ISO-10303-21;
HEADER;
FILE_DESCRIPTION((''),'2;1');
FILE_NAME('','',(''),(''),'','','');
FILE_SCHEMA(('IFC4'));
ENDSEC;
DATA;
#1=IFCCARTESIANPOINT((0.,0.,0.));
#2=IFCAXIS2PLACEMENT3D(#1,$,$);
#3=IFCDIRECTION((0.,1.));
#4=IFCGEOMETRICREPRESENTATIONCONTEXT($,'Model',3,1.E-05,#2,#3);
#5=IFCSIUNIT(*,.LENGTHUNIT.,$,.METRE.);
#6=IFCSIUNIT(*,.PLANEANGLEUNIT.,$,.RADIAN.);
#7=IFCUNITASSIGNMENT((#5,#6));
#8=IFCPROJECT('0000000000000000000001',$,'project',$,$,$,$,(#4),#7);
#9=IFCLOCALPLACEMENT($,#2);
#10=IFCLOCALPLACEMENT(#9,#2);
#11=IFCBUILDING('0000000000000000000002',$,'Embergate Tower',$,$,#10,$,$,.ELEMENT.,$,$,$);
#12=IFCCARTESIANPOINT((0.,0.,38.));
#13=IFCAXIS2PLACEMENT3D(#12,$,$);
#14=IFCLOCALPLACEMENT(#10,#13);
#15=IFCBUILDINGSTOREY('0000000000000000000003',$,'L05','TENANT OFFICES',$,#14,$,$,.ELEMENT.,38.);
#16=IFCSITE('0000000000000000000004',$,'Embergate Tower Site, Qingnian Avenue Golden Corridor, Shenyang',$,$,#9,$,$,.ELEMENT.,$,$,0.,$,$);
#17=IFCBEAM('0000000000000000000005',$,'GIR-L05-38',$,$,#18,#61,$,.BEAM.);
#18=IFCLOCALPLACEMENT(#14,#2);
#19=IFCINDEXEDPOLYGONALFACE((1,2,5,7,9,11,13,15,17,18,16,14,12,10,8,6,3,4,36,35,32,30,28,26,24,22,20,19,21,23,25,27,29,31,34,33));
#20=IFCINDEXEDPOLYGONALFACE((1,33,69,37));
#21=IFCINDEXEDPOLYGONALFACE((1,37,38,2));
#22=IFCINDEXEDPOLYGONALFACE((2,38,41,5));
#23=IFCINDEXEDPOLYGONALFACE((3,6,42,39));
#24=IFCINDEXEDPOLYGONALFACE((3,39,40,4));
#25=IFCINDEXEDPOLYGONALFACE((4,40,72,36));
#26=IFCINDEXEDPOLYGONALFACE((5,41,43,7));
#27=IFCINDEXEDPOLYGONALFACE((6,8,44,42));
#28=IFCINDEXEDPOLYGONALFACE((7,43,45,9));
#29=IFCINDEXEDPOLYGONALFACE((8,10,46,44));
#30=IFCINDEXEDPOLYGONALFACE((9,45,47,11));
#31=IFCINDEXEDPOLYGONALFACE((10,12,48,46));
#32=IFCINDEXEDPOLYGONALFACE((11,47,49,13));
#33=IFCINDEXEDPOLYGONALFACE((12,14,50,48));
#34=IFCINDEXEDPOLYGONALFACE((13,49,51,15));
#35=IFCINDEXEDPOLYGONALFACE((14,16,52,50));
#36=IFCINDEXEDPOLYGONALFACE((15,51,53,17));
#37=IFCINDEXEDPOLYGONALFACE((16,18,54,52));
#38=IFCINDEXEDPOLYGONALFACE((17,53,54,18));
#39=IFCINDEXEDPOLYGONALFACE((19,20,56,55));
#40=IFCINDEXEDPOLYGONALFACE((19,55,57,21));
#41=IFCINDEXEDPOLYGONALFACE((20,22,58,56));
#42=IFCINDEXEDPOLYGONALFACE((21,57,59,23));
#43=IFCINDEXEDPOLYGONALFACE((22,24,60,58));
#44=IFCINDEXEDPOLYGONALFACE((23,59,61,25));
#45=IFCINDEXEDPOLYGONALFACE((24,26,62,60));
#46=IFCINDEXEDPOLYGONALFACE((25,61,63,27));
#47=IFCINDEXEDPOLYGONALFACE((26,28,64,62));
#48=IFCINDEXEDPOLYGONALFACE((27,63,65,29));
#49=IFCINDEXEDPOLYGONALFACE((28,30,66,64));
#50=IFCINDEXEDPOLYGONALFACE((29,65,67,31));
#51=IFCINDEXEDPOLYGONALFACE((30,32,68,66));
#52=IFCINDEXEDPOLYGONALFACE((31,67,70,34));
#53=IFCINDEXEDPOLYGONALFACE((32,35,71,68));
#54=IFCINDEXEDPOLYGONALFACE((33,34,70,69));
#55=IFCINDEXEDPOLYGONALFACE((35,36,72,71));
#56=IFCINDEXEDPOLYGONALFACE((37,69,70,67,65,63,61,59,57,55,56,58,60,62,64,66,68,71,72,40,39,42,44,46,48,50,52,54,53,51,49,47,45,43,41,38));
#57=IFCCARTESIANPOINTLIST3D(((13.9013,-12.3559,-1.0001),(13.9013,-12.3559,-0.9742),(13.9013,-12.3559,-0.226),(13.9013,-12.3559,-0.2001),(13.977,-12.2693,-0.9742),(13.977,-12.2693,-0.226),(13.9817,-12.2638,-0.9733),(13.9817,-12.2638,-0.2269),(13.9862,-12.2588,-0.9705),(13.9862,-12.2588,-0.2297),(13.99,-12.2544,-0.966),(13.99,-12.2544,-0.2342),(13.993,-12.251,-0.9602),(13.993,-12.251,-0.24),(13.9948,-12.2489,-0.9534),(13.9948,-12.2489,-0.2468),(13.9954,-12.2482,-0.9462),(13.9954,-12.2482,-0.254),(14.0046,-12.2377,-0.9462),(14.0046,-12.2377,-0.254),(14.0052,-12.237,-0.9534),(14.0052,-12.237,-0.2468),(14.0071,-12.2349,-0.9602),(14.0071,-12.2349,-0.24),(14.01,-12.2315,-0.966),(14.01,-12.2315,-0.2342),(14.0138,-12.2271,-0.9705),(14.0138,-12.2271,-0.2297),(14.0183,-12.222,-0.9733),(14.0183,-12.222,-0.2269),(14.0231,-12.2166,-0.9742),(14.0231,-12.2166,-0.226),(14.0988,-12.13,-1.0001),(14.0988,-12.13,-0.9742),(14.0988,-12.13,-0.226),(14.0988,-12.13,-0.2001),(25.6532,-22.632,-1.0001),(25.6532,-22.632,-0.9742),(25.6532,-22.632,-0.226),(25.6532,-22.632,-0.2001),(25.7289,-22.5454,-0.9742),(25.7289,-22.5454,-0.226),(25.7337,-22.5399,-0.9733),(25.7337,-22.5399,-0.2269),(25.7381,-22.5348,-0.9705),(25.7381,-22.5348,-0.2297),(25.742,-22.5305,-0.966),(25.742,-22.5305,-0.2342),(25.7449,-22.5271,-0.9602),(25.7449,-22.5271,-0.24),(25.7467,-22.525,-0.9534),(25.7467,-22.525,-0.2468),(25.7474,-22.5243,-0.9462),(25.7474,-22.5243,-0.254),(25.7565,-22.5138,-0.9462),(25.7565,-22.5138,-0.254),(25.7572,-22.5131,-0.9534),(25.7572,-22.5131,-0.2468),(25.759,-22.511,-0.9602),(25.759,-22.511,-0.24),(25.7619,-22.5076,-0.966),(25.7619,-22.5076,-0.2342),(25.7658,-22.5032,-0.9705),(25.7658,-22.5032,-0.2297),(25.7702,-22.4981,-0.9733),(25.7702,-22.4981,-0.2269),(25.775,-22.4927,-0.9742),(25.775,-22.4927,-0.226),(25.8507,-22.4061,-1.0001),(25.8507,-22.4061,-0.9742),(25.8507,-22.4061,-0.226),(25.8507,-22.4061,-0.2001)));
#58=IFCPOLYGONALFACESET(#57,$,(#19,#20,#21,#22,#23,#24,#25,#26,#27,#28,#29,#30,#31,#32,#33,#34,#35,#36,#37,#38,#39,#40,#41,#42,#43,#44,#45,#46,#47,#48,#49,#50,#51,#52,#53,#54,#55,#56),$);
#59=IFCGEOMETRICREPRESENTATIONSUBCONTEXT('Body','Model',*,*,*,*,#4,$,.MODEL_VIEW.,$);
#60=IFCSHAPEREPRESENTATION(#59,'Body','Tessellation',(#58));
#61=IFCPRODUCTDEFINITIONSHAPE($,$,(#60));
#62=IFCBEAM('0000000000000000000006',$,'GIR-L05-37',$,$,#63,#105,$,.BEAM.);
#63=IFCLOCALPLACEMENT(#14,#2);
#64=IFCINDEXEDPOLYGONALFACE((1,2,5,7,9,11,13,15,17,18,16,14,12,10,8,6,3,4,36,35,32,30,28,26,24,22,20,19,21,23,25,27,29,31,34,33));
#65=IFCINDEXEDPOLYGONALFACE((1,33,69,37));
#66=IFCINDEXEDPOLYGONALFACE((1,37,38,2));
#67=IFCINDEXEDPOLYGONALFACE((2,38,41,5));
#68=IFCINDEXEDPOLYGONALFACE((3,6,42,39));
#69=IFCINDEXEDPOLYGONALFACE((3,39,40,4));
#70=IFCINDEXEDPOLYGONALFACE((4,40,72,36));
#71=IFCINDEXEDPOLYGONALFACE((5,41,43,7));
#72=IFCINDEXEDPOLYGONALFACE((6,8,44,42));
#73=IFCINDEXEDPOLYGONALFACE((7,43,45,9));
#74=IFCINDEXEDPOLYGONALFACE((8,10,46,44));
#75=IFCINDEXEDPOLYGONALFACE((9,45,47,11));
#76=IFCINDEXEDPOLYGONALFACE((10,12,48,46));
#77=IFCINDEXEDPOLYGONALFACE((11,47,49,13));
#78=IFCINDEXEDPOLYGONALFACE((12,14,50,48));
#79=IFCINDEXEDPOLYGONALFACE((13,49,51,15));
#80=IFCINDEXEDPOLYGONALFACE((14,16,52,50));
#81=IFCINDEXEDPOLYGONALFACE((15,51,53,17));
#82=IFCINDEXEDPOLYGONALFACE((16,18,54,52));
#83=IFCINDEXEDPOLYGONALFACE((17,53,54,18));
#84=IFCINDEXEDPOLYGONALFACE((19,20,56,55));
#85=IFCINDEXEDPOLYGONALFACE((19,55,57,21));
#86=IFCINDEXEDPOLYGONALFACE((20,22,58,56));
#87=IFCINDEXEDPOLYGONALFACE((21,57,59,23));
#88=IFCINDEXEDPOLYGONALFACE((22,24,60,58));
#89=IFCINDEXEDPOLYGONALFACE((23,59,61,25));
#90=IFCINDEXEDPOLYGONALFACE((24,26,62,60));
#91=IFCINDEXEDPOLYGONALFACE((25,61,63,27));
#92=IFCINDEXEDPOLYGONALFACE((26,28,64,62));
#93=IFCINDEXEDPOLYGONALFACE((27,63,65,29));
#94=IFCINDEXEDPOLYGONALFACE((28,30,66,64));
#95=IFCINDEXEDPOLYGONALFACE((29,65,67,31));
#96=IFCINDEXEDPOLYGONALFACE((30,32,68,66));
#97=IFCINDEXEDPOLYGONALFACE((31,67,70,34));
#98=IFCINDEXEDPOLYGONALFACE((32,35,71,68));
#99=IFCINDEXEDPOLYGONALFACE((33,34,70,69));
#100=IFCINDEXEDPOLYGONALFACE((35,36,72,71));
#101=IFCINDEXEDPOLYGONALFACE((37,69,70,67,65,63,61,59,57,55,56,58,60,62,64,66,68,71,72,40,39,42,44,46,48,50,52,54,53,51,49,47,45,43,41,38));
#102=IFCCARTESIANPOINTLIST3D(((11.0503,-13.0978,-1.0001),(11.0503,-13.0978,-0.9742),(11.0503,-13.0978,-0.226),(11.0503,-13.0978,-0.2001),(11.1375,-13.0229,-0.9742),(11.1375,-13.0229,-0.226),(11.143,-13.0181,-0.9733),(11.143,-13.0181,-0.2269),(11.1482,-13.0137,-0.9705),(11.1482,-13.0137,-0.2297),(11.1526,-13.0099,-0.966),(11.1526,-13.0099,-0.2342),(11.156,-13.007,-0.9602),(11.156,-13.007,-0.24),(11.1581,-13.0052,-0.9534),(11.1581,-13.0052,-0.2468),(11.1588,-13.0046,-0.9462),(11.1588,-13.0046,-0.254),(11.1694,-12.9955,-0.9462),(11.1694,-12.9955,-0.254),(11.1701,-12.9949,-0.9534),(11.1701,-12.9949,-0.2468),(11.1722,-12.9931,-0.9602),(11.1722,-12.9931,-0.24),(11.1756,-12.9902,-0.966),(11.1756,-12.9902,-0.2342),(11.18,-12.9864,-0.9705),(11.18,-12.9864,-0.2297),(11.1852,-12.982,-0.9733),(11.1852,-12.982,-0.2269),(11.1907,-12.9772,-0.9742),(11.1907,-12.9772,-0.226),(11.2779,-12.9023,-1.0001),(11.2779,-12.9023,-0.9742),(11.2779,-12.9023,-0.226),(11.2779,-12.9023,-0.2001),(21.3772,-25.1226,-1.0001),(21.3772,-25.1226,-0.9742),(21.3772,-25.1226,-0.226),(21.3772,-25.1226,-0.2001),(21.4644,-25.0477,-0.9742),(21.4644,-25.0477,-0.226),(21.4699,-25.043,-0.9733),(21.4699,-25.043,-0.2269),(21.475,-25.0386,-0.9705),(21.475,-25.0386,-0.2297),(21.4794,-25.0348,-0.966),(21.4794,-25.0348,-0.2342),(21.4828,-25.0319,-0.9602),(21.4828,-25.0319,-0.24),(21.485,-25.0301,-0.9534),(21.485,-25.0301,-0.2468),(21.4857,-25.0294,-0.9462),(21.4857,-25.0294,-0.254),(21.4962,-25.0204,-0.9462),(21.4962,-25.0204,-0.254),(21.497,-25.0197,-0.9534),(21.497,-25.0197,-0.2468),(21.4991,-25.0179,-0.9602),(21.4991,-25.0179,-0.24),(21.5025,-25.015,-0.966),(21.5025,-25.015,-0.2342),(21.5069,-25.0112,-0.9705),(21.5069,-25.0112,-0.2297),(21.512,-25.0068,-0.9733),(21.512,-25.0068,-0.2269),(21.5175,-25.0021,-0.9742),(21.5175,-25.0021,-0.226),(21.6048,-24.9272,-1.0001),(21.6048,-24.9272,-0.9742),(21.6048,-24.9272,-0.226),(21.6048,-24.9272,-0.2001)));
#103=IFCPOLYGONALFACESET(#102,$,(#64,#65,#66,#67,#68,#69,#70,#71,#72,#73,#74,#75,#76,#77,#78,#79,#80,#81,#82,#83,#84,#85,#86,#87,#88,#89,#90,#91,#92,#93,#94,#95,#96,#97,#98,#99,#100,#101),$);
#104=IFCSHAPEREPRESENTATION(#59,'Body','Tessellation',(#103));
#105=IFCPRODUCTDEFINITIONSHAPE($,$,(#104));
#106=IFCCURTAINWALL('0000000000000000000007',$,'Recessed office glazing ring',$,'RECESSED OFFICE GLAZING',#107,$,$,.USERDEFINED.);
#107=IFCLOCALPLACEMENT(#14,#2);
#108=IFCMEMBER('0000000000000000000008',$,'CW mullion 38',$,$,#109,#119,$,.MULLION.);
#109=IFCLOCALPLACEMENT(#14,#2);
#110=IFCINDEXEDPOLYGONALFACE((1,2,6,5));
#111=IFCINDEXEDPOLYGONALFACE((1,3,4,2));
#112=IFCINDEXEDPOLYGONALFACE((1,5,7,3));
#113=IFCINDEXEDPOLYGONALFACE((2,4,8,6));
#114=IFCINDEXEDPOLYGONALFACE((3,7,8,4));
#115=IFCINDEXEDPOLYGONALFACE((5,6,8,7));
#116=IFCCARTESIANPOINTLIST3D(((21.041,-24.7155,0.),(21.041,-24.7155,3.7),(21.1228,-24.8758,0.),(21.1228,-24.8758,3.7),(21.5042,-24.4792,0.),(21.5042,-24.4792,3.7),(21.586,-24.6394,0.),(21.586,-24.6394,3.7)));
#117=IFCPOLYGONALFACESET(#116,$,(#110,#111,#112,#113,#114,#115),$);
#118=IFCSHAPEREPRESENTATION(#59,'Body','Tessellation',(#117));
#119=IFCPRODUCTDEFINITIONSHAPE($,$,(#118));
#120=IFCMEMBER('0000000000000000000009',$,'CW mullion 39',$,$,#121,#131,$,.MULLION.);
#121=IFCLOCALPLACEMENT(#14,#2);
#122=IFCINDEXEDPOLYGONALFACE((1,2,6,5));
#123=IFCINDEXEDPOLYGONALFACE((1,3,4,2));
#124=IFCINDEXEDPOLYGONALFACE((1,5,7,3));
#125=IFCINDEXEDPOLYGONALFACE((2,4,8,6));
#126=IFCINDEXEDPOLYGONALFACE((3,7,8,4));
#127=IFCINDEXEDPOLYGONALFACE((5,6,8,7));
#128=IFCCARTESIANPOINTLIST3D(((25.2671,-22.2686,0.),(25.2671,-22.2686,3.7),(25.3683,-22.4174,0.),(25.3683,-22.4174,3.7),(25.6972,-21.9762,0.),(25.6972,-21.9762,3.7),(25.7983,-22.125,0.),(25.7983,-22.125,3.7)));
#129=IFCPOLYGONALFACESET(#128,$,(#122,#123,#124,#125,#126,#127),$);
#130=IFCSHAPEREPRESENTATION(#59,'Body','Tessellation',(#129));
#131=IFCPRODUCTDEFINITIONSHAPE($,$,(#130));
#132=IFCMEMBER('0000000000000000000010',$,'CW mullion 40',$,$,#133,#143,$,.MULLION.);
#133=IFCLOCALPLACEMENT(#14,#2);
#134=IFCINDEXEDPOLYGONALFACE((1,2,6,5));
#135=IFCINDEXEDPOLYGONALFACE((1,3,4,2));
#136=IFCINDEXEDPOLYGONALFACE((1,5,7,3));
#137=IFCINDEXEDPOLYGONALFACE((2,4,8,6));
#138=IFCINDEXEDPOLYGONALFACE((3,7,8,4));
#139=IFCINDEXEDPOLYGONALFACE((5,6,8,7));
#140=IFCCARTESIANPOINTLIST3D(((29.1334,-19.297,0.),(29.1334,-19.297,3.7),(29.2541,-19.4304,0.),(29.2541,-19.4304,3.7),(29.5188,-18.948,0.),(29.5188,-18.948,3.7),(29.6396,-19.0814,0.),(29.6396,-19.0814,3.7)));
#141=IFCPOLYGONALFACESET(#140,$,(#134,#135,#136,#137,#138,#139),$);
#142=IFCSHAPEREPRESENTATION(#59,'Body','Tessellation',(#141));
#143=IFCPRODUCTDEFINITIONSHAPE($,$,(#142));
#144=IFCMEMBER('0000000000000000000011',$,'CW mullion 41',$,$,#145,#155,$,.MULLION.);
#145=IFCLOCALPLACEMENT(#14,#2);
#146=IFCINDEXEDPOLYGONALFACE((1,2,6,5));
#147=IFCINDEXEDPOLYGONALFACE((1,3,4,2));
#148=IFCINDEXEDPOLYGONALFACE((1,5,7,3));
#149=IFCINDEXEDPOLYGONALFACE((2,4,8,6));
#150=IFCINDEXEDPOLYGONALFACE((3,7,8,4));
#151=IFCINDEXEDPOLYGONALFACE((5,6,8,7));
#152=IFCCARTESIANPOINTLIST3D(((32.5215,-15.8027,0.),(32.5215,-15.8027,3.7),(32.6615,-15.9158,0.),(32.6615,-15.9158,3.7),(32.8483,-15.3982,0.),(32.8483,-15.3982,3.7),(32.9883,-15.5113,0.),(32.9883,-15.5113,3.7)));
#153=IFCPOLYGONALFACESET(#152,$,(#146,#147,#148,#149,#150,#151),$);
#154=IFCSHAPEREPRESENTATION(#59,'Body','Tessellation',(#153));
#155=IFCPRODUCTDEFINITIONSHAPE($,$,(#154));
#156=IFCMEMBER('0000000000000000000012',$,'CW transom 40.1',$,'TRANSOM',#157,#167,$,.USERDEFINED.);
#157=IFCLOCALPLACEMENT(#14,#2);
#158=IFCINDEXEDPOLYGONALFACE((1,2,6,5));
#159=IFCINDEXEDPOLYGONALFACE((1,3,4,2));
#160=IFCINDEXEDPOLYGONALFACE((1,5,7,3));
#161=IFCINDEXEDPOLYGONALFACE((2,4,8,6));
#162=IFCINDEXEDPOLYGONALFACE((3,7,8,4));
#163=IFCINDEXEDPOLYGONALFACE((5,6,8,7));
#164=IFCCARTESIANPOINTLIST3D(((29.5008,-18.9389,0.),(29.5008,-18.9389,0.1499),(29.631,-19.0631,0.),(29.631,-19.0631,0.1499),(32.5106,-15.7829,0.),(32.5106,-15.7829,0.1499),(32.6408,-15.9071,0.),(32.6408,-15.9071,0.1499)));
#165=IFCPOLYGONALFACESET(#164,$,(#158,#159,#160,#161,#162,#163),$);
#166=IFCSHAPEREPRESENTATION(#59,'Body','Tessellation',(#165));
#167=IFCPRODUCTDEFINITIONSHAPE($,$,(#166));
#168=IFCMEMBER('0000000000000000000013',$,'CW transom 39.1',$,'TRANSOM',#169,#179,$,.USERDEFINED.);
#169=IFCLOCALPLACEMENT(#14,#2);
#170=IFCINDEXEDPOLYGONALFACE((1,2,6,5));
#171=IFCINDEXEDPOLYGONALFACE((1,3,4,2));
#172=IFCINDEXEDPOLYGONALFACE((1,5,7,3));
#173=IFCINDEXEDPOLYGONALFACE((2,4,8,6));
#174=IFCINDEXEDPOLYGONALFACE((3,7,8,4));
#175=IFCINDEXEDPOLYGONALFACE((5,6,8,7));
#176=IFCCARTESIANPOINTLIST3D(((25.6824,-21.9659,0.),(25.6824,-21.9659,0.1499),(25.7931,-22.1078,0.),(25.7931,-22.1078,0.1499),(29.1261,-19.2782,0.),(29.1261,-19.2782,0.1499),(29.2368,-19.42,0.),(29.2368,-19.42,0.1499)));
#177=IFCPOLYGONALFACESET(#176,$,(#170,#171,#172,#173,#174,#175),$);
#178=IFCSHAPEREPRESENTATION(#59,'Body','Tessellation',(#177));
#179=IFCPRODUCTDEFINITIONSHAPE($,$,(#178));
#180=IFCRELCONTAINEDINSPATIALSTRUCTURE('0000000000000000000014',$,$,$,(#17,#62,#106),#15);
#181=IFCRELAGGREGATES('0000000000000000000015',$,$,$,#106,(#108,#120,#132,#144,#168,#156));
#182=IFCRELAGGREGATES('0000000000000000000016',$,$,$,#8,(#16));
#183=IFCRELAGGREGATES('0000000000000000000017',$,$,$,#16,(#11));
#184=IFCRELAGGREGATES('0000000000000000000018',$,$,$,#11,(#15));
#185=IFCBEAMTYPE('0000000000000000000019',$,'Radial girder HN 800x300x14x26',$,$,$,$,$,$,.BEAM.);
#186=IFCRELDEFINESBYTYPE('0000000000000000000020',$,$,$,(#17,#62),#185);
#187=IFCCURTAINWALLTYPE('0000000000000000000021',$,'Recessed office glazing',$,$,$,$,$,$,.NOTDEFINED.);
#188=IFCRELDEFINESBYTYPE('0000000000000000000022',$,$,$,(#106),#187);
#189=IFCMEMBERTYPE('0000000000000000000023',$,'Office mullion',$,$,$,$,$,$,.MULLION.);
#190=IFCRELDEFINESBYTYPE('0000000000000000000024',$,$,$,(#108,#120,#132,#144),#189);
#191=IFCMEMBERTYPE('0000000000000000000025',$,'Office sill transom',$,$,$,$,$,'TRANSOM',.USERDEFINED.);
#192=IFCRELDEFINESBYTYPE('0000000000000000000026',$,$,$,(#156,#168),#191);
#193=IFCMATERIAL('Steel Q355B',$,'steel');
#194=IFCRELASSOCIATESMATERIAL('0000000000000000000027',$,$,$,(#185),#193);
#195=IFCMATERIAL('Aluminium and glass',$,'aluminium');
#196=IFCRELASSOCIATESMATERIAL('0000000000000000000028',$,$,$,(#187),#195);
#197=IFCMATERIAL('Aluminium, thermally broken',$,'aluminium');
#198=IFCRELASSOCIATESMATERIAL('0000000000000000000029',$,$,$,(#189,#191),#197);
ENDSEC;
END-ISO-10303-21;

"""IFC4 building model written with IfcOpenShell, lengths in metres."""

from ifc_helpers import new_model, si_unit, direction, frame, origin, origin_2d, place, context, subcontext, project, spatial, rectangle, i_section, extrude, source, transform, mapped, material, material_profile, profile_set, type_object, element, aggregate, save


model = new_model("IFC4")

# Units and contexts
model_context = context("Model", 3, precision=1e-05, world=origin(), true_north=direction((0.0, 1.0)))
body_context = subcontext(model_context, "Body", "Model", "MODEL_VIEW")
ifc_project = project(units=[si_unit("LENGTHUNIT", "METRE"), si_unit("PLANEANGLEUNIT", "RADIAN")], contexts=[model_context])

# Site, building, storey
site_placement = place(None, origin())
site = spatial("IfcSite", under=ifc_project, at=site_placement, Name="Embergate Tower Site, Qingnian Avenue Golden Corridor, Shenyang", CompositionType="ELEMENT", RefElevation=0.0)
building_placement = place(site_placement, origin())
building = spatial("IfcBuilding", under=site, at=building_placement, Name="Embergate Tower", CompositionType="ELEMENT")
storey_placement = place(building_placement, frame((0.0, 0.0, 38.0)))
storey = spatial("IfcBuildingStorey", under=building, at=storey_placement, Name="L05", Description="TENANT OFFICES", CompositionType="ELEMENT", Elevation=38.0)

# Beams
ifc_material_1 = material(Name="Steel Q355B", Category="steel")
ifc_material_profile_1 = material_profile(ifc_material_1, i_section(OverallWidth=0.3, OverallDepth=0.8, WebThickness=0.0139, FlangeThickness=0.0259, FilletRadius=0.0281, at=origin_2d()), Name="HN 800x300x14x26")
ifc_profile_set_1 = profile_set([ifc_material_profile_1], Name="Steel Q355 grade B")
beam_type_1 = type_object("IfcBeamType", Name="Radial girder HN 800x300x14x26", PredefinedType="BEAM", material=ifc_profile_set_1)
shared_shape_1 = source(origin(), body_context, "Body", "SweptSolid", [
    extrude(i_section(OverallWidth=0.3, OverallDepth=0.8, WebThickness=0.0139, FlangeThickness=0.0259, FilletRadius=0.0281, at=origin_2d()), origin(), (0.0, 0.0, 1.0), 15.6111),
])
beam_1_placement = place(storey_placement, frame((25.752, -22.519, -0.6001), z_axis=(-0.752794, 0.658257, 0.0), x_axis=(-0.658257, -0.752794, 0.0)))
element("IfcBeam", 1, at=beam_1_placement, inside=storey, type_object=beam_type_1, Name="GIR-L05-38", PredefinedType="BEAM", context=body_context, shape_type="MappedRepresentation", body=[
    mapped(shared_shape_1, transform((0.0, 0.0, 0.0))),
])
shared_shape_2 = source(origin(), body_context, "Body", "SweptSolid", [
    extrude(i_section(OverallWidth=0.3, OverallDepth=0.8, WebThickness=0.0139, FlangeThickness=0.0259, FilletRadius=0.0281, at=origin_2d()), origin(), (0.0, 0.0, 1.0), 15.8506),
])
beam_2_placement = place(storey_placement, frame((21.491, -25.0249, -0.6001), z_axis=(-0.651513, 0.758638, 0.0), x_axis=(-0.758638, -0.651513, 0.0)))
element("IfcBeam", 2, at=beam_2_placement, inside=storey, type_object=beam_type_1, Name="GIR-L05-37", PredefinedType="BEAM", context=body_context, shape_type="MappedRepresentation", body=[
    mapped(shared_shape_2, transform((0.0, 0.0, 0.0))),
])

# Curtain wall, members
ifc_material_2 = material(Name="Aluminium and glass", Category="aluminium")
curtain_wall_type = type_object("IfcCurtainWallType", Name="Recessed office glazing", PredefinedType="NOTDEFINED", material=ifc_material_2)
curtain_wall_placement = place(storey_placement, origin())
curtain_wall = element("IfcCurtainWall", 3, at=curtain_wall_placement, inside=storey, type_object=curtain_wall_type, Name="Recessed office glazing ring", ObjectType="RECESSED OFFICE GLAZING", PredefinedType="USERDEFINED")
ifc_material_3 = material(Name="Aluminium, thermally broken", Category="aluminium")
ifc_material_profile_2 = material_profile(ifc_material_3, rectangle(XDim=0.1799, YDim=0.52, at=origin_2d()), Name="AL 520x180")
ifc_profile_set_2 = profile_set([ifc_material_profile_2], Name="Aluminium, thermally broken")
member_type_1 = type_object("IfcMemberType", Name="Office mullion", PredefinedType="MULLION", material=ifc_profile_set_2)
shared_shape_3 = source(origin(), body_context, "Body", "SweptSolid", [
    extrude(rectangle(XDim=0.1799, YDim=0.52, at=origin_2d()), origin(), (0.0, 0.0, 1.0), 3.7),
])
member_1_placement = place(storey_placement, frame((21.3135, -24.6775, 0.0), z_axis=(0.0, 0.0, 1.0), x_axis=(-0.45451, 0.890742, 0.0)))
member_1 = element("IfcMember", 4, at=member_1_placement, type_object=member_type_1, Name="CW mullion 38", PredefinedType="MULLION", context=body_context, shape_type="MappedRepresentation", body=[
    mapped(shared_shape_3, transform((0.0, 0.0, 0.0))),
])
member_2_placement = place(storey_placement, frame((25.5327, -22.1968, 0.0), z_axis=(0.0, 0.0, 1.0), x_axis=(-0.562216, 0.82699, 0.0)))
member_2 = element("IfcMember", 5, at=member_2_placement, type_object=member_type_1, Name="CW mullion 39", PredefinedType="MULLION", context=body_context, shape_type="MappedRepresentation", body=[
    mapped(shared_shape_3, transform((0.0, 0.0, 0.0))),
])
member_3_placement = place(storey_placement, frame((29.3865, -19.1892, 0.0), z_axis=(0.0, 0.0, 1.0), x_axis=(-0.671227, 0.741252, 0.0)))
member_3 = element("IfcMember", 6, at=member_3_placement, type_object=member_type_1, Name="CW mullion 40", PredefinedType="MULLION", context=body_context, shape_type="MappedRepresentation", body=[
    mapped(shared_shape_3, transform((0.0, 0.0, 0.0))),
])
member_4_placement = place(storey_placement, frame((32.7549, -15.657, 0.0), z_axis=(0.0, 0.0, 1.0), x_axis=(-0.777874, 0.628421, 0.0)))
member_4 = element("IfcMember", 7, at=member_4_placement, type_object=member_type_1, Name="CW mullion 41", PredefinedType="MULLION", context=body_context, shape_type="MappedRepresentation", body=[
    mapped(shared_shape_3, transform((0.0, 0.0, 0.0))),
])
ifc_material_profile_3 = material_profile(ifc_material_3, rectangle(XDim=0.1799, YDim=0.1499, at=origin_2d()), Name="AL 150x180")
ifc_profile_set_3 = profile_set([ifc_material_profile_3], Name="Aluminium, thermally broken")
member_type_2 = type_object("IfcMemberType", Name="Office sill transom", ElementType="TRANSOM", PredefinedType="USERDEFINED", material=ifc_profile_set_3)
shared_shape_4 = source(origin(), body_context, "Body", "SweptSolid", [
    extrude(rectangle(XDim=0.1799, YDim=0.1499, at=origin_2d()), origin(), (0.0, 0.0, 1.0), 4.3611),
])
member_5_placement = place(storey_placement, frame((29.5659, -19.001, 0.075), z_axis=(0.690141, 0.723674, 0.0), x_axis=(-0.723674, 0.690141, 0.0)))
member_5 = element("IfcMember", 8, at=member_5_placement, type_object=member_type_2, Name="CW transom 40.1", ObjectType="TRANSOM", PredefinedType="USERDEFINED", context=body_context, shape_type="MappedRepresentation", body=[
    mapped(shared_shape_4, transform((0.0, 0.0, 0.0))),
])
shared_shape_5 = source(origin(), body_context, "Body", "SweptSolid", [
    extrude(rectangle(XDim=0.1799, YDim=0.1499, at=origin_2d()), origin(), (0.0, 0.0, 1.0), 4.3684),
])
member_6_placement = place(storey_placement, frame((25.7378, -22.0369, 0.075), z_axis=(0.78831, 0.615278, 0.0), x_axis=(-0.615278, 0.78831, 0.0)))
member_6 = element("IfcMember", 9, at=member_6_placement, type_object=member_type_2, Name="CW transom 39.1", ObjectType="TRANSOM", PredefinedType="USERDEFINED", context=body_context, shape_type="MappedRepresentation", body=[
    mapped(shared_shape_5, transform((0.0, 0.0, 0.0))),
])
aggregate(curtain_wall, [member_1, member_2, member_3, member_4, member_6, member_5])

save(model, "model.ifc")
